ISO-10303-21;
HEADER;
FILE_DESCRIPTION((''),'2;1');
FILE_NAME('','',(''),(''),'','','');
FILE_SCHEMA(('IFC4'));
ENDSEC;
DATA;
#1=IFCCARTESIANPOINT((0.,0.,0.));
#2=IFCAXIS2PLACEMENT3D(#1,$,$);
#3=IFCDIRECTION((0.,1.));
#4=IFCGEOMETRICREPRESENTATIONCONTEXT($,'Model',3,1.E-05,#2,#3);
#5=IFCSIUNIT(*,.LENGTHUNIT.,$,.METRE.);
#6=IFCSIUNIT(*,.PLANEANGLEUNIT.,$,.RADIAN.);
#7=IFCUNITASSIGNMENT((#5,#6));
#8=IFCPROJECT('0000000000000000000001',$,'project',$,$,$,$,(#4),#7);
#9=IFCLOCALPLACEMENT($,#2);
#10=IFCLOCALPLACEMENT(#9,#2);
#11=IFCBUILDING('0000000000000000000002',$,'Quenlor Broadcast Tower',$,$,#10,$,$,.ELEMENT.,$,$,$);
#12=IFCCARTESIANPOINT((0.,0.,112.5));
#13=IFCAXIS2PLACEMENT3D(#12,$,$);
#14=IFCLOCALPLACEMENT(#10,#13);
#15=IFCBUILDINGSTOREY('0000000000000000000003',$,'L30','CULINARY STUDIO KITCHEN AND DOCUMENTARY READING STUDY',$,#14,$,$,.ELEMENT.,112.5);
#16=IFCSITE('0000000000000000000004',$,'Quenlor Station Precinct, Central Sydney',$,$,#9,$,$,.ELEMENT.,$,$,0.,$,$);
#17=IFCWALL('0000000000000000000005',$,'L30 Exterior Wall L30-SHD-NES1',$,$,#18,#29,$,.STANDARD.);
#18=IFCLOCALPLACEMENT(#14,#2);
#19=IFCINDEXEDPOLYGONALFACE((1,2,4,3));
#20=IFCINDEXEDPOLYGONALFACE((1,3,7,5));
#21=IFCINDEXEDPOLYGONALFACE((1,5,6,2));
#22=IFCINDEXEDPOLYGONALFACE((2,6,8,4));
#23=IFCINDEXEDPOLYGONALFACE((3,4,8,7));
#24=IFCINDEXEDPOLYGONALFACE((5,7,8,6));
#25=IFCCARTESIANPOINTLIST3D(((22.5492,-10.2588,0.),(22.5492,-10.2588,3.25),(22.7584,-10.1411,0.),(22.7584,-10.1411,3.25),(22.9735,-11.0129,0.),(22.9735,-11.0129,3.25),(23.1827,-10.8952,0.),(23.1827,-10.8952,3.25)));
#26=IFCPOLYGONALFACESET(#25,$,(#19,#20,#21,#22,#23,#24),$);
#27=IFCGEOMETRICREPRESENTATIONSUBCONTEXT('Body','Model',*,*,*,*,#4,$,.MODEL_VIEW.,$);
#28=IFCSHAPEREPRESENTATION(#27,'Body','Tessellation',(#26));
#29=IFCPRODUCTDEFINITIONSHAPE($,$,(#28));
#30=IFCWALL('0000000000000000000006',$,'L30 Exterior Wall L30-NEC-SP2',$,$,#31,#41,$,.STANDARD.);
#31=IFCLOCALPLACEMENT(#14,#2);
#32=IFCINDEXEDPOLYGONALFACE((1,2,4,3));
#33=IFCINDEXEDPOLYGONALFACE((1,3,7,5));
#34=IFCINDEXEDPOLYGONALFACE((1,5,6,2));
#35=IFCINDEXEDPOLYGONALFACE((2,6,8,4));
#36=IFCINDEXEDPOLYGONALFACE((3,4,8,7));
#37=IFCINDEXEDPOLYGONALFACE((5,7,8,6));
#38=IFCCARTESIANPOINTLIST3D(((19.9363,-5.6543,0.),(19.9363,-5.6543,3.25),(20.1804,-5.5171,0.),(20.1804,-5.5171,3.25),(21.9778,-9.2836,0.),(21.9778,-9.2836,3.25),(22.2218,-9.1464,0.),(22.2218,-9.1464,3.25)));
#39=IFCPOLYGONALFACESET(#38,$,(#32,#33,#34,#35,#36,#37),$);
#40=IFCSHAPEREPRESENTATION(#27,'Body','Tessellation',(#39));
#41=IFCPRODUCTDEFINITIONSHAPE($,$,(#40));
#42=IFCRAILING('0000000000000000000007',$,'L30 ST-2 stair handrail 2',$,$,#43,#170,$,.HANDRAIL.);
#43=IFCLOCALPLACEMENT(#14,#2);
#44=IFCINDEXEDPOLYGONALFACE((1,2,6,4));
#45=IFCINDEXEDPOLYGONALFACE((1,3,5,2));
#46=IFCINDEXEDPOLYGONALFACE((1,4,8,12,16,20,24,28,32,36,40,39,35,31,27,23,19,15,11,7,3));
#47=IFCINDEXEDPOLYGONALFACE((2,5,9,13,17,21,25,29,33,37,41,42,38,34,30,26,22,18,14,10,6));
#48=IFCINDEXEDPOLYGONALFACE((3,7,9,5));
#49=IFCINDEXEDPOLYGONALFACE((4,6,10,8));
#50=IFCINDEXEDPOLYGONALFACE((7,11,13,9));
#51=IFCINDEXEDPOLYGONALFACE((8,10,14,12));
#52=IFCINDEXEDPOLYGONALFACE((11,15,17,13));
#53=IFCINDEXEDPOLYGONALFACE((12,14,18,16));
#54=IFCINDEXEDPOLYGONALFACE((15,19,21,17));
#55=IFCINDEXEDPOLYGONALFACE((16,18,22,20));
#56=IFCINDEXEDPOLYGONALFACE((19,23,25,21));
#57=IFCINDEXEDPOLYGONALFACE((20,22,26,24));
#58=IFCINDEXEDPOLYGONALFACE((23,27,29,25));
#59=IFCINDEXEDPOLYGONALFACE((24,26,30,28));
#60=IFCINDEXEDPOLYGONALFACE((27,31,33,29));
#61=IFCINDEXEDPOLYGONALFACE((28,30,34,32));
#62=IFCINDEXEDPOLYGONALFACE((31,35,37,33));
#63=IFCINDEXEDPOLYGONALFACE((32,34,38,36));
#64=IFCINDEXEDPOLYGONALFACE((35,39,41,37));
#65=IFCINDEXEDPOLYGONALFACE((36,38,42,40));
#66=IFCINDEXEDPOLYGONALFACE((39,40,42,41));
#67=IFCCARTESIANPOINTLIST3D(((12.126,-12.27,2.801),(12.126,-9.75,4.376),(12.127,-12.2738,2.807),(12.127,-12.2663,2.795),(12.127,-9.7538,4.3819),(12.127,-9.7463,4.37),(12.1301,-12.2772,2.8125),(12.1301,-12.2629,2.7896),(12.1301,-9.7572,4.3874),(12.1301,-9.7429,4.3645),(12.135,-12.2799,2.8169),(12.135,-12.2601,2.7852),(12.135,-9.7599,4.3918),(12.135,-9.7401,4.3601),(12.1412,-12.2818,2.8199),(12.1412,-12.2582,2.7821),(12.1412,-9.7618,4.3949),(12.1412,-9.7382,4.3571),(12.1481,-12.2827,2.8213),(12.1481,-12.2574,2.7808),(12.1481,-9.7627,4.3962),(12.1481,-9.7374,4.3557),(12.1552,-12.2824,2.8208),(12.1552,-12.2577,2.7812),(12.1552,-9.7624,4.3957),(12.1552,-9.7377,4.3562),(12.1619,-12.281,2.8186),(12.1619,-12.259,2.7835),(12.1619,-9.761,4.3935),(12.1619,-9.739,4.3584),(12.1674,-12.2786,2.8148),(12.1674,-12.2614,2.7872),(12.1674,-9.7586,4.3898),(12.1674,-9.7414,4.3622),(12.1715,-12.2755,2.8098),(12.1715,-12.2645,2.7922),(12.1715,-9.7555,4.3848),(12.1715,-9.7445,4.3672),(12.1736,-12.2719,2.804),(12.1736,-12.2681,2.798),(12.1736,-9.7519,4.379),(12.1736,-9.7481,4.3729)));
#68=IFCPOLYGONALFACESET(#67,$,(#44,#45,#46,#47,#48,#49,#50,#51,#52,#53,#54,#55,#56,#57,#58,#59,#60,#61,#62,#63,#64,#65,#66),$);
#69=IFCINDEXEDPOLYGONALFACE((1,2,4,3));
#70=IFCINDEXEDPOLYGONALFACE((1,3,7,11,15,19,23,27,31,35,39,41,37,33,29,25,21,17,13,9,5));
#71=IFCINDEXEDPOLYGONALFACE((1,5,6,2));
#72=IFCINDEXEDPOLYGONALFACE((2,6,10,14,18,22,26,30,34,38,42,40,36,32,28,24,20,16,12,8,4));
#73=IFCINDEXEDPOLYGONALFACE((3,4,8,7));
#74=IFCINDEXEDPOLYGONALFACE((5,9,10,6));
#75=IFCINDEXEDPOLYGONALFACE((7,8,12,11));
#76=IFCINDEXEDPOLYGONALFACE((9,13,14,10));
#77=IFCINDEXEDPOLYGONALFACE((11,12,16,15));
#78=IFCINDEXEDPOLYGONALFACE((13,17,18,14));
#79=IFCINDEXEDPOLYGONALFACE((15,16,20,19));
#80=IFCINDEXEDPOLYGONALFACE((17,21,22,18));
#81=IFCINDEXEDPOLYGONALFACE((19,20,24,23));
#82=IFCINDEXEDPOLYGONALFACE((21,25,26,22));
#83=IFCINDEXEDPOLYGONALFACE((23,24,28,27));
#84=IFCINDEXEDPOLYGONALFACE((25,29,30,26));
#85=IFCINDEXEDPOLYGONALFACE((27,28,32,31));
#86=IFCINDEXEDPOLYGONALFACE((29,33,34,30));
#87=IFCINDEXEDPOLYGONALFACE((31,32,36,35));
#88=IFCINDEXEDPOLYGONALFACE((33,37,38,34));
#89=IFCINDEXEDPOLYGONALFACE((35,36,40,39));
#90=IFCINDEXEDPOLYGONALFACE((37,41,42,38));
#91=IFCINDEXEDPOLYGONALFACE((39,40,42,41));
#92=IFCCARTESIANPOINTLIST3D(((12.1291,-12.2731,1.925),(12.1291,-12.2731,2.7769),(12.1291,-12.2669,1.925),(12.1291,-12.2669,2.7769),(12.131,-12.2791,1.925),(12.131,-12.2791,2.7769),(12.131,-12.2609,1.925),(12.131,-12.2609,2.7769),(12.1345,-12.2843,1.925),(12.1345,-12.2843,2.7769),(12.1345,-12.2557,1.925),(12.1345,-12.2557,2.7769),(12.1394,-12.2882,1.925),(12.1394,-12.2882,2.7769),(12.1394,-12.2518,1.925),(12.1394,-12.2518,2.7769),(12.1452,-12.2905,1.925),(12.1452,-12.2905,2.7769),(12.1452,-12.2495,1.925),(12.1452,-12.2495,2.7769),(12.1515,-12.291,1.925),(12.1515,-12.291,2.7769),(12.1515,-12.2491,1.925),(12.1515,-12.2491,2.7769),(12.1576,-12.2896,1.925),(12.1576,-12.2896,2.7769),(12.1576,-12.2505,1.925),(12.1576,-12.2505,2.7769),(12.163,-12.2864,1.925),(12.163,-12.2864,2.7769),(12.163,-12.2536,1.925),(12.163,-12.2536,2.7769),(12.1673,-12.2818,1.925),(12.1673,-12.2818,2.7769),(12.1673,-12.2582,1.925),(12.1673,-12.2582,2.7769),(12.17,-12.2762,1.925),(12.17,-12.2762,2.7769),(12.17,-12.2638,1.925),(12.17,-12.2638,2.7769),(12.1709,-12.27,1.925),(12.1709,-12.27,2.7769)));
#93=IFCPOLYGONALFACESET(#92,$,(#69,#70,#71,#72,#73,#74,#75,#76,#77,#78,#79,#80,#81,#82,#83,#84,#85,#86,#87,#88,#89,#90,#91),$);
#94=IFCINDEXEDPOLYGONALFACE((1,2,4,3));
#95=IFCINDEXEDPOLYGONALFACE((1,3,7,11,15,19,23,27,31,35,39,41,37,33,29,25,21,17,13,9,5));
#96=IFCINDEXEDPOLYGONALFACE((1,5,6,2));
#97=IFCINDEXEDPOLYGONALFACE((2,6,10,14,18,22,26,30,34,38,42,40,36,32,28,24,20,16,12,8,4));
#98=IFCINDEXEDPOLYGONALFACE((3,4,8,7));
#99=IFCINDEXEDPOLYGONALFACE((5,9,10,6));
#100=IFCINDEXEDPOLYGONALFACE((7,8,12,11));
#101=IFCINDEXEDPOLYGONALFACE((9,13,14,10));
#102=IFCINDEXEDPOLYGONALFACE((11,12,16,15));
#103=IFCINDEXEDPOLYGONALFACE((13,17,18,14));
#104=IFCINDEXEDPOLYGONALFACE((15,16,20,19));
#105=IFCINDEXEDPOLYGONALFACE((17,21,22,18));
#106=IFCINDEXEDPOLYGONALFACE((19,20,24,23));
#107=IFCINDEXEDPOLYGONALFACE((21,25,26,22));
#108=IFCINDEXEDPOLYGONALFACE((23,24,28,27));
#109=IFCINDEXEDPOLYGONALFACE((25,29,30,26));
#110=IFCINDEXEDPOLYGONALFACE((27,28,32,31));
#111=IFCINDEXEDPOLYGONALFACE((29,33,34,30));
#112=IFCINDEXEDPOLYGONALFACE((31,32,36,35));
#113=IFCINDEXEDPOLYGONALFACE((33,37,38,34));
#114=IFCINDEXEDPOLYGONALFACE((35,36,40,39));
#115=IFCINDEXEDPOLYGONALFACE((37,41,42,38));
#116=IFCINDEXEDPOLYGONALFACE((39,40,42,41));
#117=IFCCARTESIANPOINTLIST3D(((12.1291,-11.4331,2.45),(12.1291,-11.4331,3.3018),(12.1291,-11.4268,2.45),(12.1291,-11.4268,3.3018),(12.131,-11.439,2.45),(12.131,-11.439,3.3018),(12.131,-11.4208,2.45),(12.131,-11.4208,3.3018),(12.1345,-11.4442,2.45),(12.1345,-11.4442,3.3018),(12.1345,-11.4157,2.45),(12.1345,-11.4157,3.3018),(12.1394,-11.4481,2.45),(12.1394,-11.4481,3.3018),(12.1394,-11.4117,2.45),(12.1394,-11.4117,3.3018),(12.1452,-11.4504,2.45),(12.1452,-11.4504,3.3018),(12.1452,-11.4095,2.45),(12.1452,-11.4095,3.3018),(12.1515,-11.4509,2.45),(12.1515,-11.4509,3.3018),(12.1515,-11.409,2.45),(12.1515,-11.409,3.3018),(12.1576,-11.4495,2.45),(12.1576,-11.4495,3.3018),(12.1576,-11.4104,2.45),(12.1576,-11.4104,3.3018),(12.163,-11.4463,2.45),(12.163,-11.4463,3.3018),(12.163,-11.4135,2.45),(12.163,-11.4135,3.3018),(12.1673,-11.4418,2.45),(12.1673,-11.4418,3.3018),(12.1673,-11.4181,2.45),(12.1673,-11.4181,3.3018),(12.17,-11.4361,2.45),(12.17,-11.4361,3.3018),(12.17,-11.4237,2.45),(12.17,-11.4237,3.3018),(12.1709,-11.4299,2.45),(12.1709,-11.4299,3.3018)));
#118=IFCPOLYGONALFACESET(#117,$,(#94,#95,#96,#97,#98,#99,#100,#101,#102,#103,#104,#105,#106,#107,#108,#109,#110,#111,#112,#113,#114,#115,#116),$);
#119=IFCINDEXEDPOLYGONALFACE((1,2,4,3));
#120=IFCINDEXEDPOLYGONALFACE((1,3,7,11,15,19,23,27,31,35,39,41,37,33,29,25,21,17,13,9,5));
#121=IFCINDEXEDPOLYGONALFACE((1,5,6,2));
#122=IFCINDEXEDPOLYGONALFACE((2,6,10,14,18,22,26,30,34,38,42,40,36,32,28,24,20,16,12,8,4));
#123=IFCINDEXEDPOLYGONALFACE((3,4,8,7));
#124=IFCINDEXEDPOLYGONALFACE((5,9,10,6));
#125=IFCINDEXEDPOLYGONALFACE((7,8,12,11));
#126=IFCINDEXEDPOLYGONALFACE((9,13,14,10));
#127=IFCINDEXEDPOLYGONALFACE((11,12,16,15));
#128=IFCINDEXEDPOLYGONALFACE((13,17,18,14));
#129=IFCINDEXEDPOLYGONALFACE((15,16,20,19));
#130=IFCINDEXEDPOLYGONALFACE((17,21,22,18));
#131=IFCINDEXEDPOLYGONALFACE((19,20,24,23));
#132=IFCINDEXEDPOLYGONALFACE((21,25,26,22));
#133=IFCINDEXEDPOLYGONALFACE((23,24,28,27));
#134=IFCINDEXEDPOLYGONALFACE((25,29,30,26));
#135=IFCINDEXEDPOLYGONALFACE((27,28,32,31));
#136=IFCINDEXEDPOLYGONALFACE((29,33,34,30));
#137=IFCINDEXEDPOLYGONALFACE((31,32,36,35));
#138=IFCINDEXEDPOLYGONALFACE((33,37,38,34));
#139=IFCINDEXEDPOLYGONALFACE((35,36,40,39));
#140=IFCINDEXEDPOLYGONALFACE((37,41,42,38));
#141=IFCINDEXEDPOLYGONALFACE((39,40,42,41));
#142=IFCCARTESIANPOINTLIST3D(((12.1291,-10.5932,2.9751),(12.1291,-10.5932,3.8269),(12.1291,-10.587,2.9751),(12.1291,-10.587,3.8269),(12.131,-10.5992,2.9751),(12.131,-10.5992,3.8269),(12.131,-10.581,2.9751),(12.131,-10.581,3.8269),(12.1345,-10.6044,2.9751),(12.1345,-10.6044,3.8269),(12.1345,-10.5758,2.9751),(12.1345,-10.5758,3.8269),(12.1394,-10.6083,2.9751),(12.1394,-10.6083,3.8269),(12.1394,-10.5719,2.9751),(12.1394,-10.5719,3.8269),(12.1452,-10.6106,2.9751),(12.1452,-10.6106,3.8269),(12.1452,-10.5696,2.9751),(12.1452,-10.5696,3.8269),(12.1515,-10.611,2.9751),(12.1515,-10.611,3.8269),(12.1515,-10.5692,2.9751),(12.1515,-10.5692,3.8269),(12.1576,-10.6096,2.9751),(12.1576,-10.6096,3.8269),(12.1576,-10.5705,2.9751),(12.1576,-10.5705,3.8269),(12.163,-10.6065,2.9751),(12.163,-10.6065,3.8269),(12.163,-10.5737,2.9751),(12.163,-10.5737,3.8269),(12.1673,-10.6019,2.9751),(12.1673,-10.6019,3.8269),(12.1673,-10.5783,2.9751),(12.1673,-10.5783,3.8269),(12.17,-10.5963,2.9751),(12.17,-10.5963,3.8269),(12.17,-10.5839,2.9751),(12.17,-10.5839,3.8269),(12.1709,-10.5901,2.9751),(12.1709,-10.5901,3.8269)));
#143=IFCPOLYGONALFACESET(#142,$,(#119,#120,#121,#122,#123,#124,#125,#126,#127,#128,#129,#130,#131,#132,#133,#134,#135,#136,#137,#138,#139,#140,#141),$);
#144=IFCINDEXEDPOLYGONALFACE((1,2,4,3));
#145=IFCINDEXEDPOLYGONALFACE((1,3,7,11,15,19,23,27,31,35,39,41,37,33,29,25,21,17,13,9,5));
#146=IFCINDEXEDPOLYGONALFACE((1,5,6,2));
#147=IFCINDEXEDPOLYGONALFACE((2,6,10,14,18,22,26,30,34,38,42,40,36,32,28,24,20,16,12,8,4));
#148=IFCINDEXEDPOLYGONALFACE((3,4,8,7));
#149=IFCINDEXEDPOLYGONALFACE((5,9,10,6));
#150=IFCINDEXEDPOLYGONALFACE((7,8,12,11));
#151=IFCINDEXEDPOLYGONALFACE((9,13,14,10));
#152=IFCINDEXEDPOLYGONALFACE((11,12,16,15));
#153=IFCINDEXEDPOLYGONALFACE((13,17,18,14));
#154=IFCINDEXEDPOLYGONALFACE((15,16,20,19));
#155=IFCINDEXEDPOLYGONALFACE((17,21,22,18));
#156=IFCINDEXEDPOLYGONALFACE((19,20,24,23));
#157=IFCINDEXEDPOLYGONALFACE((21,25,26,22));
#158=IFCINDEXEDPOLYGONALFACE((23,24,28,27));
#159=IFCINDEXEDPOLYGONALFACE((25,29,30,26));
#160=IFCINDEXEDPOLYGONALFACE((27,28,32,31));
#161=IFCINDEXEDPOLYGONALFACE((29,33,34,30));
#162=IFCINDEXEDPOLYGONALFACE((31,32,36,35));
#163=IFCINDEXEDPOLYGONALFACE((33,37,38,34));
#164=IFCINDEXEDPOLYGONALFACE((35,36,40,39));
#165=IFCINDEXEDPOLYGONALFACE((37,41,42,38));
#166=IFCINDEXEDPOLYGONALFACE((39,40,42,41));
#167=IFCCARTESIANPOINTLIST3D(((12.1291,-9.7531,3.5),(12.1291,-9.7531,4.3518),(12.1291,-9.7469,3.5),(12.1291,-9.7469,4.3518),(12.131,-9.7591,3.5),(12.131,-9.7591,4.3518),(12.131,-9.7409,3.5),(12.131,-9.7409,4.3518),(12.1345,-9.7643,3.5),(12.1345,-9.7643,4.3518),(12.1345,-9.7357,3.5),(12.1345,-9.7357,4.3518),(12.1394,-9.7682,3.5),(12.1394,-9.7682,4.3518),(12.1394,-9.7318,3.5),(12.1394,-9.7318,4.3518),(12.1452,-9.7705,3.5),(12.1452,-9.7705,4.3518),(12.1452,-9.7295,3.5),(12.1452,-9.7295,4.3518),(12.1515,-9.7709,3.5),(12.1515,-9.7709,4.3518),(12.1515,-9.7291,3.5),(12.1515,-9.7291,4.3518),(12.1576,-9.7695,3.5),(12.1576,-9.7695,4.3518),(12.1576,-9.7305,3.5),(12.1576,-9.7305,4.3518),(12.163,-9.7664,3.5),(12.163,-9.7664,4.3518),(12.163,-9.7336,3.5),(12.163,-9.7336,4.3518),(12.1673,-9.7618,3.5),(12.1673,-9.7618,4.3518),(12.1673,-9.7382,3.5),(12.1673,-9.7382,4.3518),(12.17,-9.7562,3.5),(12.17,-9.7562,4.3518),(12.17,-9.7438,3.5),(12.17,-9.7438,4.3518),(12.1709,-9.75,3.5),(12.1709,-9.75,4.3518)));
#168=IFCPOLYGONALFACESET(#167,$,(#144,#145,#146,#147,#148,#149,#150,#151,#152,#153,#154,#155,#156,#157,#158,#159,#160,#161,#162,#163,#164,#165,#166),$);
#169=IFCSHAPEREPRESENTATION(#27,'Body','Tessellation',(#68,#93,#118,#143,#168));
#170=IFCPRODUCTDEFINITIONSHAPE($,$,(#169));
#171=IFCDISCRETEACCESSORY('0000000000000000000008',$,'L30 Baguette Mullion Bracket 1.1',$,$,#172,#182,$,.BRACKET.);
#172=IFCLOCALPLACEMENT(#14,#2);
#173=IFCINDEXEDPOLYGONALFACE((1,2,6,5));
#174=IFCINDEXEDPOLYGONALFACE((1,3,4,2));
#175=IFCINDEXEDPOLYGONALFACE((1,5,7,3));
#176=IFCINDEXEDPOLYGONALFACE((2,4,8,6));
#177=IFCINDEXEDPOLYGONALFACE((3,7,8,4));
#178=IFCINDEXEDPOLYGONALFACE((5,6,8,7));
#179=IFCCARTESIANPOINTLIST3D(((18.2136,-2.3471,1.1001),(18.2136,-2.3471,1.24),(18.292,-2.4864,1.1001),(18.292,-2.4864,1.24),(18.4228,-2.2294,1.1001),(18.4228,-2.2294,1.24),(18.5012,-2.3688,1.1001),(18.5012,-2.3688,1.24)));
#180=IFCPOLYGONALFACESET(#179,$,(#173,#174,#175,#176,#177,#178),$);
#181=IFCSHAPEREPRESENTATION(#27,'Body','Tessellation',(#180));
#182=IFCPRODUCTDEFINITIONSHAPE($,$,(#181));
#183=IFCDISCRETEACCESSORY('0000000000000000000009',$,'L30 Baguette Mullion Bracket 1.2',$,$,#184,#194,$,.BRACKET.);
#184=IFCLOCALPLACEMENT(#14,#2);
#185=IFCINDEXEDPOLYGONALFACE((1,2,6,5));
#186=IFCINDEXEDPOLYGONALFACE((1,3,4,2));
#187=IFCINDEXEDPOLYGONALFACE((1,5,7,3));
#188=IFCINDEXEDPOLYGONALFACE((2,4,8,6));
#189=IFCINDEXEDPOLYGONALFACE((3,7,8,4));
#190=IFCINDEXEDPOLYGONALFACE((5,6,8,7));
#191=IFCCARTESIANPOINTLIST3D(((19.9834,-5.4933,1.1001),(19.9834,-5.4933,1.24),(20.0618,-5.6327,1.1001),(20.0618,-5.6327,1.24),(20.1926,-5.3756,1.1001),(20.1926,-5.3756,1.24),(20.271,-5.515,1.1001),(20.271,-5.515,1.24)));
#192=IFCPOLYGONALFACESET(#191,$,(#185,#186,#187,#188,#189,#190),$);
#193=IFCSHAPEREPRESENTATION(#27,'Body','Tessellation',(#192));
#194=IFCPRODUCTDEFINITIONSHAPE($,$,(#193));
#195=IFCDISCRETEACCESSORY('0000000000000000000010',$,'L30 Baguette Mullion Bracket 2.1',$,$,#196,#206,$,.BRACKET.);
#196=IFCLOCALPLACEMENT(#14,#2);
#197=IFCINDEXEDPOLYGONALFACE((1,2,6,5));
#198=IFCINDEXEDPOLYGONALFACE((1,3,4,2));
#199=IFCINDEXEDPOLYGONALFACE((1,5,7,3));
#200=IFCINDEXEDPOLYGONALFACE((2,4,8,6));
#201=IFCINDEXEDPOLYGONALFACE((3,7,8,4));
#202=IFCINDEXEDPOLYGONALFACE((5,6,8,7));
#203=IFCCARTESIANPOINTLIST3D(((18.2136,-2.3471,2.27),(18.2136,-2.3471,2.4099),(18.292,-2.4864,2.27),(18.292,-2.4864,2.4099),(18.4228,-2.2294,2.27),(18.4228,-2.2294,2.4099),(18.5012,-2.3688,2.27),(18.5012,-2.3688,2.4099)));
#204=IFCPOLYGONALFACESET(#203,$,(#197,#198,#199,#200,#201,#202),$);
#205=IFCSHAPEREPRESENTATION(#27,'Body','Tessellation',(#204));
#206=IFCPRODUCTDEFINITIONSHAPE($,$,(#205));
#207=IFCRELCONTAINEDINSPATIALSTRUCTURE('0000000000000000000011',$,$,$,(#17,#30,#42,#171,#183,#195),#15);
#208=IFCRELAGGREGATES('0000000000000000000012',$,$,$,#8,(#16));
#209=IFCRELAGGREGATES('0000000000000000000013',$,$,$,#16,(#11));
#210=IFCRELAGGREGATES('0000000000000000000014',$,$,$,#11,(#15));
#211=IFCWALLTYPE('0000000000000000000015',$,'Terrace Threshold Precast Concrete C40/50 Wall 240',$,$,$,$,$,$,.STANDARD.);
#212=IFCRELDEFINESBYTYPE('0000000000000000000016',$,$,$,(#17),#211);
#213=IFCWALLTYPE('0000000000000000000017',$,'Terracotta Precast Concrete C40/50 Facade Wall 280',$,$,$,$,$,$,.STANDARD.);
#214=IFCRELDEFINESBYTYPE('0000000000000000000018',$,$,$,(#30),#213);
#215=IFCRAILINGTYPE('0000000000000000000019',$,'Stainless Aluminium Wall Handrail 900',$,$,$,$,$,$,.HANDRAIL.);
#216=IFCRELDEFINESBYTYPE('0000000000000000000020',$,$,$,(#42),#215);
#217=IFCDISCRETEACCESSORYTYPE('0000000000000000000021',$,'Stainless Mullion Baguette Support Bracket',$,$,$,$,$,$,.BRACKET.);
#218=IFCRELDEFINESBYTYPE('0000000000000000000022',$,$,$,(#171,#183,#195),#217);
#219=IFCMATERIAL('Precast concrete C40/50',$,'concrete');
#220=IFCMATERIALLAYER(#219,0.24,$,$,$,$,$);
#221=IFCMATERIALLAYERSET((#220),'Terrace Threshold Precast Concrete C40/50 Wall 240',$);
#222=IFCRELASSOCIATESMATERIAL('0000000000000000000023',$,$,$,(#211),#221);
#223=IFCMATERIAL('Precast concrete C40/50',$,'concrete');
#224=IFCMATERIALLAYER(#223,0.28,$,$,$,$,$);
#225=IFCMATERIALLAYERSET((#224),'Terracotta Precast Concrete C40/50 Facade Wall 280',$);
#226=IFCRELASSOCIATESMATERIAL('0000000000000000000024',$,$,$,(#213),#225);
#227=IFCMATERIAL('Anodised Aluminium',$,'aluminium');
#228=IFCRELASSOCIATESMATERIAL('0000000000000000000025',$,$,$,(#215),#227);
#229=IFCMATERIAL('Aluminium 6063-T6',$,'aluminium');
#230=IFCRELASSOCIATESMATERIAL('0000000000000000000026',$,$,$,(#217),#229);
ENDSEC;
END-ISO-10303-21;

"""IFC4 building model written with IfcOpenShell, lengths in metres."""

from ifc_helpers import new_model, si_unit, direction, frame, frame_2d, origin, origin_2d, place, context, subcontext, project, spatial, rectangle, circle, extrude, material, layer, layer_set, type_object, element, save


model = new_model("IFC4")

# Units and contexts
model_context = context("Model", 3, precision=1e-05, world=origin(), true_north=direction((0.0, 1.0)))
body_context = subcontext(model_context, "Body", "Model", "MODEL_VIEW")
ifc_project = project(units=[si_unit("LENGTHUNIT", "METRE"), si_unit("PLANEANGLEUNIT", "RADIAN")], contexts=[model_context])

# Site, building, storey
site_placement = place(None, origin())
site = spatial("IfcSite", under=ifc_project, at=site_placement, Name="Quenlor Station Precinct, Central Sydney", CompositionType="ELEMENT", RefElevation=0.0)
building_placement = place(site_placement, origin())
building = spatial("IfcBuilding", under=site, at=building_placement, Name="Quenlor Broadcast Tower", CompositionType="ELEMENT")
storey_placement = place(building_placement, frame((0.0, 0.0, 112.5)))
storey = spatial("IfcBuildingStorey", under=building, at=storey_placement, Name="L30", Description="CULINARY STUDIO KITCHEN AND DOCUMENTARY READING STUDY", CompositionType="ELEMENT", Elevation=112.5)

# Walls
ifc_material_1 = material(Name="Precast concrete C40/50", Category="concrete")
ifc_layer_1 = layer(ifc_material_1, 0.24)
ifc_layer_set_1 = layer_set([ifc_layer_1], Name="Terrace Threshold Precast Concrete C40/50 Wall 240")
wall_type_1 = type_object("IfcWallType", Name="Terrace Threshold Precast Concrete C40/50 Wall 240", PredefinedType="STANDARD", material=ifc_layer_set_1)
wall_1_placement = place(storey_placement, frame((22.6538, -10.2, 0.0), z_axis=(0.0, 0.0, 1.0), x_axis=(0.490355, -0.871523, 0.0)))
element("IfcWall", 1, at=wall_1_placement, inside=storey, type_object=wall_type_1, Name="L30 Exterior Wall L30-SHD-NES1", PredefinedType="STANDARD", context=body_context, shape_type="SweptSolid", body=[
    extrude(rectangle(XDim=0.8652, YDim=0.24, at=frame_2d((0.4326, 0.0))), origin(), (0.0, 0.0, 1.0), 3.25),
])
ifc_material_2 = material(Name="Precast concrete C40/50", Category="concrete")
ifc_layer_2 = layer(ifc_material_2, 0.28)
ifc_layer_set_2 = layer_set([ifc_layer_2], Name="Terracotta Precast Concrete C40/50 Facade Wall 280")
wall_type_2 = type_object("IfcWallType", Name="Terracotta Precast Concrete C40/50 Facade Wall 280", PredefinedType="STANDARD", material=ifc_layer_set_2)
wall_2_placement = place(storey_placement, frame((20.0583, -5.5857, 0.0), z_axis=(0.0, 0.0, 1.0), x_axis=(0.490256, -0.871579, 0.0)))
element("IfcWall", 2, at=wall_2_placement, inside=storey, type_object=wall_type_2, Name="L30 Exterior Wall L30-NEC-SP2", PredefinedType="STANDARD", context=body_context, shape_type="SweptSolid", body=[
    extrude(rectangle(XDim=4.1641, YDim=0.28, at=frame_2d((2.082, 0.0))), origin(), (0.0, 0.0, 1.0), 3.25),
])

# Railing
ifc_material_3 = material(Name="Anodised Aluminium", Category="aluminium")
railing_type = type_object("IfcRailingType", Name="Stainless Aluminium Wall Handrail 900", PredefinedType="HANDRAIL", material=ifc_material_3)
railing_placement = place(storey_placement, frame((12.1499, -12.27, 1.925)))
element("IfcRailing", 3, at=railing_placement, inside=storey, type_object=railing_type, Name="L30 ST-2 stair handrail 2", PredefinedType="HANDRAIL", context=body_context, shape_type="SweptSolid", body=[
    extrude(circle(Radius=0.0239, at=origin_2d()), frame((0.0, 0.0, 0.876), z_axis=(0.0, 0.848008, 0.529984), x_axis=(-1.0, 0.0, 0.0)), (0.0, 0.0, 1.0), 2.9717),
    extrude(circle(Radius=0.021, at=origin_2d()), origin(), (0.0, 0.0, 1.0), 0.8518),
    extrude(circle(Radius=0.021, at=origin_2d()), frame((0.0, 0.8401, 0.5249)), (0.0, 0.0, 1.0), 0.8518),
    extrude(circle(Radius=0.021, at=origin_2d()), frame((0.0, 1.6799, 1.05)), (0.0, 0.0, 1.0), 0.8518),
    extrude(circle(Radius=0.021, at=origin_2d()), frame((0.0, 2.52, 1.575)), (0.0, 0.0, 1.0), 0.8518),
])

# Discrete accessories
ifc_material_4 = material(Name="Aluminium 6063-T6", Category="aluminium")
discrete_accessory_type = type_object("IfcDiscreteAccessoryType", Name="Stainless Mullion Baguette Support Bracket", PredefinedType="BRACKET", material=ifc_material_4)
for number, where, z_axis, x_axis, name in (
    (4, (18.3574, -2.3579, 1.1001), (0.0, 0.0, 1.0), (0.490277, -0.871567, 0.0), "L30 Baguette Mullion Bracket 1.1"),
    (5, (20.1272, -5.5042, 1.1001), (0.0, 0.0, 1.0), (0.490277, -0.871567, 0.0), "L30 Baguette Mullion Bracket 1.2"),
    (6, (18.3574, -2.3579, 2.27), (0.0, 0.0, 1.0), (0.490277, -0.871567, 0.0), "L30 Baguette Mullion Bracket 2.1"),
):
    element("IfcDiscreteAccessory", number, at=place(storey_placement, frame(where, z_axis=z_axis, x_axis=x_axis)), inside=storey, type_object=discrete_accessory_type, Name=name, PredefinedType="BRACKET", context=body_context, shape_type="SweptSolid", body=[
        extrude(rectangle(XDim=0.1599, YDim=0.24, at=origin_2d()), origin(), (0.0, 0.0, 1.0), 0.1399),
    ])

save(model, "model.ifc")
